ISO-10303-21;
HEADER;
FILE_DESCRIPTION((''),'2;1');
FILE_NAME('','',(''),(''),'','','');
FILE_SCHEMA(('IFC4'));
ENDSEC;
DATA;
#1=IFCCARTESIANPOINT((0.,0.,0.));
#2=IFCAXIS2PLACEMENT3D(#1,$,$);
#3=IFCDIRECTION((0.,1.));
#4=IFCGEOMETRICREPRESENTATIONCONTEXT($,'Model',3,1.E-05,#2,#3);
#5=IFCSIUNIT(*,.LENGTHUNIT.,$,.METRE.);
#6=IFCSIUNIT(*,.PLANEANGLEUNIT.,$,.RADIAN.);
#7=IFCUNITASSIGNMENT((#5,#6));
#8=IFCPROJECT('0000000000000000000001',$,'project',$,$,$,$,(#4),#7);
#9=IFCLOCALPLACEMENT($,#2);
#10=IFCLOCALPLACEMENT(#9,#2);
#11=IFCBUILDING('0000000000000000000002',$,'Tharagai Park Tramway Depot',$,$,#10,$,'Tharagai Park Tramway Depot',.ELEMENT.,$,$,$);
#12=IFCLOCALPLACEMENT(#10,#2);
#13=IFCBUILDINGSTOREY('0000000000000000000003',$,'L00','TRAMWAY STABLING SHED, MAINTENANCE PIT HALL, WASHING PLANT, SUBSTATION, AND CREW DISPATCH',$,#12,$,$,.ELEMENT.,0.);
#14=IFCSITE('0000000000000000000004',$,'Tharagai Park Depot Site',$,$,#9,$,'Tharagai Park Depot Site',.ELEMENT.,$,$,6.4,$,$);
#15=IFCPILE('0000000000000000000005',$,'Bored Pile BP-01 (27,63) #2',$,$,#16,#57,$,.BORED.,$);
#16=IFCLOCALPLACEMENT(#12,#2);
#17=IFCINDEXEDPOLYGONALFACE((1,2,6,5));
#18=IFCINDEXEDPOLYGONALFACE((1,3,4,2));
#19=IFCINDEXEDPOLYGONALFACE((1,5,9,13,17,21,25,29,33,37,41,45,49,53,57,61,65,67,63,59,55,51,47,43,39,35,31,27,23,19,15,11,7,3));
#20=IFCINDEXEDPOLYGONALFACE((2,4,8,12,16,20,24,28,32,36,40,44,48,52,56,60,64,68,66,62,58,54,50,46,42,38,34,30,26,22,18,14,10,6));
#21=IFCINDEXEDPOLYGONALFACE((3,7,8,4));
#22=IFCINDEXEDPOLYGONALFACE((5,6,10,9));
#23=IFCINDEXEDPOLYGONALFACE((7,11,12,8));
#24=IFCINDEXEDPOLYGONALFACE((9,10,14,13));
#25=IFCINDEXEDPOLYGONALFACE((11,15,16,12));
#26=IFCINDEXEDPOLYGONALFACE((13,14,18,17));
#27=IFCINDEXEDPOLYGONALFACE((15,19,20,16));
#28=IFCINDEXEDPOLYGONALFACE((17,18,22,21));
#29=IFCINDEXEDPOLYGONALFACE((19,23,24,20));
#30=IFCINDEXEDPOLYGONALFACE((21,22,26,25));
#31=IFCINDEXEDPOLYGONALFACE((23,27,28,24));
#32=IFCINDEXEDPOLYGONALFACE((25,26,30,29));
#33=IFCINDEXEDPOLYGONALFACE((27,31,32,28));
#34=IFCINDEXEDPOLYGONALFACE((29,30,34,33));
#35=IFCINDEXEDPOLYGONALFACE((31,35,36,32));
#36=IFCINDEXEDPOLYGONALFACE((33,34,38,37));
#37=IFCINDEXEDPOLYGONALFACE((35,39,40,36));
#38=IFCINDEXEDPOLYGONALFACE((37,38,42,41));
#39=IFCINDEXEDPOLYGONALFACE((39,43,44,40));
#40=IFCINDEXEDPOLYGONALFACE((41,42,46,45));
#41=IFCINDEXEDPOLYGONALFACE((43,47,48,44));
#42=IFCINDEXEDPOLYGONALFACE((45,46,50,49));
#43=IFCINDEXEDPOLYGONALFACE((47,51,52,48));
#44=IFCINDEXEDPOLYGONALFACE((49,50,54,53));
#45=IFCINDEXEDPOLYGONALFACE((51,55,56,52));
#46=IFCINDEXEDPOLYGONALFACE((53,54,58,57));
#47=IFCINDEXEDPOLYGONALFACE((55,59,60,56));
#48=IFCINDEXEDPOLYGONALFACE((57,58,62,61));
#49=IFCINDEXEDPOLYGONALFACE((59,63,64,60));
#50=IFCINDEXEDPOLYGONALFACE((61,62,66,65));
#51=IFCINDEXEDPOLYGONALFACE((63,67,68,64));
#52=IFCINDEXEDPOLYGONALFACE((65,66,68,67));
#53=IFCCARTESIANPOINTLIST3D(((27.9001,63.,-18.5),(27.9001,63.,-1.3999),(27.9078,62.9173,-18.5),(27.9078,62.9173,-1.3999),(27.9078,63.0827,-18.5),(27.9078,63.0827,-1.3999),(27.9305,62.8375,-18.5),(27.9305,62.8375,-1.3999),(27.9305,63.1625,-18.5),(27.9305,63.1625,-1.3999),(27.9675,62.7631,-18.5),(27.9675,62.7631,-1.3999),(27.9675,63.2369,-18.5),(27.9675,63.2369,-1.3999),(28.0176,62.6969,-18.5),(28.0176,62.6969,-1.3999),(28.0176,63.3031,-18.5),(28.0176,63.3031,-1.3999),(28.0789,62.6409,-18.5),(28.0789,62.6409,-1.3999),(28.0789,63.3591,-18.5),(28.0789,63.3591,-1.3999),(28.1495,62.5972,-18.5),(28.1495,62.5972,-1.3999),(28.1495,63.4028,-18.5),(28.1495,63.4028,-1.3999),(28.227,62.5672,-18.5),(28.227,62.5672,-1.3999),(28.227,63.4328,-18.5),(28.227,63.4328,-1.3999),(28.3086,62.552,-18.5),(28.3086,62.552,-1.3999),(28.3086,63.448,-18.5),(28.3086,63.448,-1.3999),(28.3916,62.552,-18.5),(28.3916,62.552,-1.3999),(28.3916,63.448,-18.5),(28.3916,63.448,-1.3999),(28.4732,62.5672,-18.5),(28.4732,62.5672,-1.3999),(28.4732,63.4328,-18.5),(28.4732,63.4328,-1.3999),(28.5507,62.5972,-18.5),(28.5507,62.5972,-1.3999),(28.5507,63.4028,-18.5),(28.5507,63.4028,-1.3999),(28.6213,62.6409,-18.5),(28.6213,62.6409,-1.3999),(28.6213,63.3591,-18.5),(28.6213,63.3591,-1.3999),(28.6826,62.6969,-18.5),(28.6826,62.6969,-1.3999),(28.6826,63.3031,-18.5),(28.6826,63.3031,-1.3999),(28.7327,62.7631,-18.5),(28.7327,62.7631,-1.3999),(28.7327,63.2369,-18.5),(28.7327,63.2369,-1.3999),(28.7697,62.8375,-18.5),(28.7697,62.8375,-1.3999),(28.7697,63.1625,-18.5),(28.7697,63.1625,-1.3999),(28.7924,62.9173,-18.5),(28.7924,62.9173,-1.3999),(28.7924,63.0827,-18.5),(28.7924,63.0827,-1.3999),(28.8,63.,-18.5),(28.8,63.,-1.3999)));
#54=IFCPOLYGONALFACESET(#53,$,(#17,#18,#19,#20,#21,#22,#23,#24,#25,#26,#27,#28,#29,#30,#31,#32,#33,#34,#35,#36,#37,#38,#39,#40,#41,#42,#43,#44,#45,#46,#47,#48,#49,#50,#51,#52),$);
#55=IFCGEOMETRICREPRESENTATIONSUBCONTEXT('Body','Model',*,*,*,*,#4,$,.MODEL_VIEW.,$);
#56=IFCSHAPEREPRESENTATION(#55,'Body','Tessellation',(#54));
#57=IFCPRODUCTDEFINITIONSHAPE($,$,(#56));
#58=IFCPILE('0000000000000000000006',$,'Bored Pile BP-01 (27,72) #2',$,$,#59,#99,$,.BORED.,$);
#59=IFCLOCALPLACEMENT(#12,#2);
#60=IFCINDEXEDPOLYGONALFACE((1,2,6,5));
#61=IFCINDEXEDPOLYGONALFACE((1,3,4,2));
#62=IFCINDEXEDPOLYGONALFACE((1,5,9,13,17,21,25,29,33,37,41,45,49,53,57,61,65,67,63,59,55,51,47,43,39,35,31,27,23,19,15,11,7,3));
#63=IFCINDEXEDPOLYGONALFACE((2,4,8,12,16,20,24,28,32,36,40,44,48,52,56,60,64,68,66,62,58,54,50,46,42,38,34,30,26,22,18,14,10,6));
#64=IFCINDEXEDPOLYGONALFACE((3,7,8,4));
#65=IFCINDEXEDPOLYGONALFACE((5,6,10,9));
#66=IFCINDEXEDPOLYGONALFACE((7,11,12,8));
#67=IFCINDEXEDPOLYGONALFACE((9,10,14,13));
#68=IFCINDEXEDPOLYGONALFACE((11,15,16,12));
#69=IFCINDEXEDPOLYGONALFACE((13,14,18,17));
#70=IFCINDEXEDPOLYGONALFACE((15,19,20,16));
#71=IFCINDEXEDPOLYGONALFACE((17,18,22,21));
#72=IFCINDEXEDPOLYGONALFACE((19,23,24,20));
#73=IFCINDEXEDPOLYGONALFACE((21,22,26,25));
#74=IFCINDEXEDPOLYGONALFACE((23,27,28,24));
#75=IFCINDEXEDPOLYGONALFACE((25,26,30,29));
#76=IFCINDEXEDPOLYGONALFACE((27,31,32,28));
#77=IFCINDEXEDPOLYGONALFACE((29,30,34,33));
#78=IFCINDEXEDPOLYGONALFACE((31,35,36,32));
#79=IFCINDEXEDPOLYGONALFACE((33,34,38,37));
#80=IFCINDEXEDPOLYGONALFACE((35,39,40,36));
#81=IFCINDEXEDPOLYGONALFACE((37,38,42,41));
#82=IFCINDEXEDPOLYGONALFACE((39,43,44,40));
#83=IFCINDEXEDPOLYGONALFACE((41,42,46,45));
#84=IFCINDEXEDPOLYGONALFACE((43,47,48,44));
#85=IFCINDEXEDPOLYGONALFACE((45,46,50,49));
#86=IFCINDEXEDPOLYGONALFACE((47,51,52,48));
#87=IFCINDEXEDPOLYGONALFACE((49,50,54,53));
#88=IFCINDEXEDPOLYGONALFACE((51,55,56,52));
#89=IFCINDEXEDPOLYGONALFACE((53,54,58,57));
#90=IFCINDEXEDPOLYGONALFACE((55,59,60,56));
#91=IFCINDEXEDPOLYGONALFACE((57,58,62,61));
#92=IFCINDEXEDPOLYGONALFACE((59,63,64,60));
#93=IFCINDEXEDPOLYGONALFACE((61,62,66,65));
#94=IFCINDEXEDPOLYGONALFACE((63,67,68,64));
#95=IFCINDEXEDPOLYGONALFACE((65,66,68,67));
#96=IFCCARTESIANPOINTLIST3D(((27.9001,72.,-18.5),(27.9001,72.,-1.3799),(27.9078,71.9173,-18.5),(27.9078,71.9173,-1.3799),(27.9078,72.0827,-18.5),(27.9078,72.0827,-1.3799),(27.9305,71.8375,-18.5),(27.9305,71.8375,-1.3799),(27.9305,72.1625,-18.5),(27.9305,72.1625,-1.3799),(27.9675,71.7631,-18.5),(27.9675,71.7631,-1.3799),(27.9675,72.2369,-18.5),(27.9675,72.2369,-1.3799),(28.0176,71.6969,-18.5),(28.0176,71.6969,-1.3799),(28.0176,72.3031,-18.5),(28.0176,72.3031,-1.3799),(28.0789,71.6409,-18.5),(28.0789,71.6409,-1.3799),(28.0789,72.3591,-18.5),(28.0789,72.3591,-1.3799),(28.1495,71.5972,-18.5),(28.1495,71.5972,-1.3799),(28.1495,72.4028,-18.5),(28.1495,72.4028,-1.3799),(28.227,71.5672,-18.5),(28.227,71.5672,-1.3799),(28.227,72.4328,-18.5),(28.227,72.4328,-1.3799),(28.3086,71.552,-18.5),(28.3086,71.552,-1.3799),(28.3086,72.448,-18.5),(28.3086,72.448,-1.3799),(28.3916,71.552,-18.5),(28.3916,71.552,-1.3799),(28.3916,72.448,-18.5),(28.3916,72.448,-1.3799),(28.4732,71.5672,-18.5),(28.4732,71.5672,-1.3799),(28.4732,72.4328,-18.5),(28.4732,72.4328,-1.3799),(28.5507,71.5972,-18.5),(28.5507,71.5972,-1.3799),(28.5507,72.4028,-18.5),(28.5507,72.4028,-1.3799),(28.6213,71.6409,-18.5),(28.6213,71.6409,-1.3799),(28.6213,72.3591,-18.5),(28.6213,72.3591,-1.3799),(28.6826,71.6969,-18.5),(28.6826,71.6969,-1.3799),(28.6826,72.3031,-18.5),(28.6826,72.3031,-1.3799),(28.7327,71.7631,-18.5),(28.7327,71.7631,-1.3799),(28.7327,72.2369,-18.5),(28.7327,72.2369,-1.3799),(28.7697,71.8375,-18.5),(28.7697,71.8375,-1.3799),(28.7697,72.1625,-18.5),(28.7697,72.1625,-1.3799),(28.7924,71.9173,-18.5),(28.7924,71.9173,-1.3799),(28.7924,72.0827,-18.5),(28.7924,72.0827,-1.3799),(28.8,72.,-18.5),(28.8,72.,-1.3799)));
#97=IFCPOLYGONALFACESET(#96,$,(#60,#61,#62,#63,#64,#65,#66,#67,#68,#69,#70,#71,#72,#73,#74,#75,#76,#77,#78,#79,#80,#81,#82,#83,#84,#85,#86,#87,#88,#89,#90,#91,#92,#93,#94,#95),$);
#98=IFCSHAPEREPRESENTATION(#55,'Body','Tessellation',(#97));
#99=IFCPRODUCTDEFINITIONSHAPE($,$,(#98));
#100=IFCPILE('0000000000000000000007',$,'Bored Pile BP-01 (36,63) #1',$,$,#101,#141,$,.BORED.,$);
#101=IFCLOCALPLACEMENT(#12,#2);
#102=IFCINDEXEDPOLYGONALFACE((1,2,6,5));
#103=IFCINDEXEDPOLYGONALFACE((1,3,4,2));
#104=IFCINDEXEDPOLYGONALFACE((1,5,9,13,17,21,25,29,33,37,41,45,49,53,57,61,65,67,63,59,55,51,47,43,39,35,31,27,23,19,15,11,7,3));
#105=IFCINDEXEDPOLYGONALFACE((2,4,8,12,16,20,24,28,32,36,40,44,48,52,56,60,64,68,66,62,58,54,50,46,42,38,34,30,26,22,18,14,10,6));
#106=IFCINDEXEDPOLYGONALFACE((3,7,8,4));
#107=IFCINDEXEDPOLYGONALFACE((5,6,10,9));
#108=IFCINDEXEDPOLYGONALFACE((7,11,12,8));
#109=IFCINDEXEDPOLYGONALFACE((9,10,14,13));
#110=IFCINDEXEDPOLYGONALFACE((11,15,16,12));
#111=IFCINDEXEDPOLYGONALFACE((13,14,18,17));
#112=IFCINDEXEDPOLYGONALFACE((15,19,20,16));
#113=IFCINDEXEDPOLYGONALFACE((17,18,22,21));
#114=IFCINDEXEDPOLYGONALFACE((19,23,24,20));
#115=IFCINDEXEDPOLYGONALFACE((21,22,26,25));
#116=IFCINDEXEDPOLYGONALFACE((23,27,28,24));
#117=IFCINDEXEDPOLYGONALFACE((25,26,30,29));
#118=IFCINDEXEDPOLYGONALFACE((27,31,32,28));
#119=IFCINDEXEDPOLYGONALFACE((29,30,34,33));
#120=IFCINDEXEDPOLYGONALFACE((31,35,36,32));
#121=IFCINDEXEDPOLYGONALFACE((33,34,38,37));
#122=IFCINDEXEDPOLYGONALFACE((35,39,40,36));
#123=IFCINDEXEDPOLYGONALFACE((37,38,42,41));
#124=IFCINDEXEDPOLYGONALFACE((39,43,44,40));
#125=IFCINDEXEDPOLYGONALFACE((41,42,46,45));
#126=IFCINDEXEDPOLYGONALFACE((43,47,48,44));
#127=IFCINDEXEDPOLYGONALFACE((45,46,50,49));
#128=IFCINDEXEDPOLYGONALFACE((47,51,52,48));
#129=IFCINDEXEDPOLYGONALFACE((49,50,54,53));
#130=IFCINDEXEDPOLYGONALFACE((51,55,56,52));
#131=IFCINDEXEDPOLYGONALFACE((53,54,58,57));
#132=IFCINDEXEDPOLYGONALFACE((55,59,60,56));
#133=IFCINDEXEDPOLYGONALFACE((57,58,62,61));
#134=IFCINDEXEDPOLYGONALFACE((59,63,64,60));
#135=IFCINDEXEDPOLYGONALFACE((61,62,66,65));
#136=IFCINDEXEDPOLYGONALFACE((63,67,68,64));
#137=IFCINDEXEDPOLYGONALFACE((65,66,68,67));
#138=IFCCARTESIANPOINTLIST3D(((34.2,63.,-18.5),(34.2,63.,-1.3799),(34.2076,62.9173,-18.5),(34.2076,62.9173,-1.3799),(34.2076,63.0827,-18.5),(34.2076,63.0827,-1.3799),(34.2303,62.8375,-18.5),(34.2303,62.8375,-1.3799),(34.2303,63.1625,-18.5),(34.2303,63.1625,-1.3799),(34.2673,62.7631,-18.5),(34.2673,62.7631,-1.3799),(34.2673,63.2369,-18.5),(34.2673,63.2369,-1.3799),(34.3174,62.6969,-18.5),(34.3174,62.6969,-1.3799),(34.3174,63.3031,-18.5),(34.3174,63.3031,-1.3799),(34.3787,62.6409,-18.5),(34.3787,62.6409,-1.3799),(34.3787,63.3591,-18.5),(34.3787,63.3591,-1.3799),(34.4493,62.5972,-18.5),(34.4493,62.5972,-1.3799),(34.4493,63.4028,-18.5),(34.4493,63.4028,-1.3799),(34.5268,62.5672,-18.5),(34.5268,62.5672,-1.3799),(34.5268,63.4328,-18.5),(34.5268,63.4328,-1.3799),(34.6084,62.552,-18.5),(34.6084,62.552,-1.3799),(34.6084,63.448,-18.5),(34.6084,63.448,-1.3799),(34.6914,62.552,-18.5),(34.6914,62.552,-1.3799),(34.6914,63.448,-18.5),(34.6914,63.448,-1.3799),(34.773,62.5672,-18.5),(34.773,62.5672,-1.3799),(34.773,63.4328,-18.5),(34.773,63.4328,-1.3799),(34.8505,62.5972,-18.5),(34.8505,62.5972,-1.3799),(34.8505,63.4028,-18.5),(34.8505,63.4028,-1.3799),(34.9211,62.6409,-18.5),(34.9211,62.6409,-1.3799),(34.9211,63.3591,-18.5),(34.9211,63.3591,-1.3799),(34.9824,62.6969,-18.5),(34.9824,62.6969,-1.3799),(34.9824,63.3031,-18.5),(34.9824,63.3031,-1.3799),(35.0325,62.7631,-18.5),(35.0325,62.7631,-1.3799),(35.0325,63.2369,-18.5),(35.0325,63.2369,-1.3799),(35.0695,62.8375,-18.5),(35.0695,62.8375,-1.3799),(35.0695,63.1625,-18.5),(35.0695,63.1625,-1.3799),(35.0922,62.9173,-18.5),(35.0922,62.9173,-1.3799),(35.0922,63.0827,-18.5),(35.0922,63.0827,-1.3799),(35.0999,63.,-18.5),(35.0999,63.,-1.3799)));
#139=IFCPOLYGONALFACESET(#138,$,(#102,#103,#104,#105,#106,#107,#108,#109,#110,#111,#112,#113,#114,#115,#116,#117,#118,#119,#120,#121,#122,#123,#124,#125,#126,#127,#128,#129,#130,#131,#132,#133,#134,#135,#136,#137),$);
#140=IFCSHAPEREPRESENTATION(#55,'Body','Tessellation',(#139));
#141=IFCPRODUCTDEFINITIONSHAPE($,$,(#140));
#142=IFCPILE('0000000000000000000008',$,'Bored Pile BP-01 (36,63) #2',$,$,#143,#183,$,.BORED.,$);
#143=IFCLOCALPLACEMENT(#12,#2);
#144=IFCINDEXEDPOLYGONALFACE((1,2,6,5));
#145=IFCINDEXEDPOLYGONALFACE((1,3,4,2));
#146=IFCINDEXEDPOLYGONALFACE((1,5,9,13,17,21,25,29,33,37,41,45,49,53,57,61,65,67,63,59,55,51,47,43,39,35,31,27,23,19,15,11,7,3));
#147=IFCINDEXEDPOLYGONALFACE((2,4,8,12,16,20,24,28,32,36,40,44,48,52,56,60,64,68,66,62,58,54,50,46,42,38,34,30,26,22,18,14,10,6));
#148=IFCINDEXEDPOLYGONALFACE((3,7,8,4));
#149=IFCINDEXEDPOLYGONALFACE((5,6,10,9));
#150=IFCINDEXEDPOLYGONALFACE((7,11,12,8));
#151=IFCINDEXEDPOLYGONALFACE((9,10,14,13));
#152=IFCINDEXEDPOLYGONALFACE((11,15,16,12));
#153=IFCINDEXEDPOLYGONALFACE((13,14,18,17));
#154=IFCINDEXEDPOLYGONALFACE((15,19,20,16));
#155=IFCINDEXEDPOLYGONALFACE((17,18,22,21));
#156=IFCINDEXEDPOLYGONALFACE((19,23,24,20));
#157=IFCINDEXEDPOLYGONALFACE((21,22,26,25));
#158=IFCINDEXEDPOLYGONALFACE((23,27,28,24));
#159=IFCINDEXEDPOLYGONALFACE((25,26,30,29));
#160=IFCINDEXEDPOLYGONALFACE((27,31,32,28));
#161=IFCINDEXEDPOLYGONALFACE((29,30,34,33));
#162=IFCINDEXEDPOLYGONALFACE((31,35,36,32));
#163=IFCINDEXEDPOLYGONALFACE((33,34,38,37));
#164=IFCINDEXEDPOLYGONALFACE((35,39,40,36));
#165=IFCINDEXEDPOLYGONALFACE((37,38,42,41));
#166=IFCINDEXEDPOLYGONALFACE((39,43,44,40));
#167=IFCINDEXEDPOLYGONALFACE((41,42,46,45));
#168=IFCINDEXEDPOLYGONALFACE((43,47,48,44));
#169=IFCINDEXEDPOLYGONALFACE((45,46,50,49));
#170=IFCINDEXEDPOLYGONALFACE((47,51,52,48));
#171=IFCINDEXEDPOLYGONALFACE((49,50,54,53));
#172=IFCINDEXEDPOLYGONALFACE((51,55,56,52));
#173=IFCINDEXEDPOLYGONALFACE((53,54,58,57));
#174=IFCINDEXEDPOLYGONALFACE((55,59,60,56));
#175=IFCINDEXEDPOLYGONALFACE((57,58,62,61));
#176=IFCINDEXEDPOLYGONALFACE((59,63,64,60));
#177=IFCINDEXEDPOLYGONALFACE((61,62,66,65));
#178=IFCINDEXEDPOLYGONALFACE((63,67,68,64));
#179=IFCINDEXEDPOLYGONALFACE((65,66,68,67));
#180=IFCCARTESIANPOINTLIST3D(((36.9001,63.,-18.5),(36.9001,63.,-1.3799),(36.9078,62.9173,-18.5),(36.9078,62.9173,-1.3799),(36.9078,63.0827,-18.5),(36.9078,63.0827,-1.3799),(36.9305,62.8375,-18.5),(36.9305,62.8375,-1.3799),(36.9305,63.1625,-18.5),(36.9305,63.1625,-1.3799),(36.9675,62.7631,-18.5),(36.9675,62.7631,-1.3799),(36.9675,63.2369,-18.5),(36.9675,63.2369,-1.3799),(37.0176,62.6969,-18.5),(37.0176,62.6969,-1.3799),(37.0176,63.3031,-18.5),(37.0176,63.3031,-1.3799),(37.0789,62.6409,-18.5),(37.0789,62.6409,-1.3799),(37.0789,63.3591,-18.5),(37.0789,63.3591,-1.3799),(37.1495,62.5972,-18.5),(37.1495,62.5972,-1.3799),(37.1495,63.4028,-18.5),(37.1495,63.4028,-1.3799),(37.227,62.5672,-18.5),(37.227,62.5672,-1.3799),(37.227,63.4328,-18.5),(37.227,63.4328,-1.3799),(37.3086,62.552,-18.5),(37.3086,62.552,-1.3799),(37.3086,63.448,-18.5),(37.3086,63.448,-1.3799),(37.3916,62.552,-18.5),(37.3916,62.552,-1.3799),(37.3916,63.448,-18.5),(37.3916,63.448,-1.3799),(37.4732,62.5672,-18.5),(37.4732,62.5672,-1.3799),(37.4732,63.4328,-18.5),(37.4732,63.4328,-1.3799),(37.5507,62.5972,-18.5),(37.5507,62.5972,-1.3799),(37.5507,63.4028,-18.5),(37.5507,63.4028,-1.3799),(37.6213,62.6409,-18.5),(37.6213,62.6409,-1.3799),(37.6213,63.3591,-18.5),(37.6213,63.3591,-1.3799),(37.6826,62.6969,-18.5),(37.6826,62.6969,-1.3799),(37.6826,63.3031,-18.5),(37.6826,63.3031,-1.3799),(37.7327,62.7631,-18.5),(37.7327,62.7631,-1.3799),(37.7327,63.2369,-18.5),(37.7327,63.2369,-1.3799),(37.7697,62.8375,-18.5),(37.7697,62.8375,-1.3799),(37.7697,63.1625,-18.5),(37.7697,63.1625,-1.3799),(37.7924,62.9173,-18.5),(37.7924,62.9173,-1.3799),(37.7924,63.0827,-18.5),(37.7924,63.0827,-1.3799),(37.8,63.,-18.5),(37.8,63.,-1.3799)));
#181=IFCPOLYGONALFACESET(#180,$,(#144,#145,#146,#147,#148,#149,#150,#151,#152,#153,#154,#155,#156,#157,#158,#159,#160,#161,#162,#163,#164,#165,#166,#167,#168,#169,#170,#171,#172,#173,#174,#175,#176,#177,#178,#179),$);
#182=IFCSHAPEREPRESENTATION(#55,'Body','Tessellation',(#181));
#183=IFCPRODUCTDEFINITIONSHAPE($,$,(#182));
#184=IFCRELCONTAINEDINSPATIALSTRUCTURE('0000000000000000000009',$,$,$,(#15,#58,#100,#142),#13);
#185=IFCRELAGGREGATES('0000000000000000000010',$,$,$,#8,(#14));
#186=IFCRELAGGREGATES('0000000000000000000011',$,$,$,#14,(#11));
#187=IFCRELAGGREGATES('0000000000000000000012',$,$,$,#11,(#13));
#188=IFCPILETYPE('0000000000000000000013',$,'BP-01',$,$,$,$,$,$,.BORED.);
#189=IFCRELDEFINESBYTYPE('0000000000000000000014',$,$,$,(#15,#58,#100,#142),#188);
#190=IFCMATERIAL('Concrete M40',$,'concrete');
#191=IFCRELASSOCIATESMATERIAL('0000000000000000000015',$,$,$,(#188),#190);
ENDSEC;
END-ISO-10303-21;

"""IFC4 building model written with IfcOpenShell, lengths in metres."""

from ifc_helpers import new_model, si_unit, direction, frame, origin, origin_2d, place, context, subcontext, project, spatial, circle, extrude, material, material_profile, profile_set, type_object, element, save


model = new_model("IFC4")

# Units and contexts
model_context = context("Model", 3, precision=1e-05, world=origin(), true_north=direction((0.0, 1.0)))
body_context = subcontext(model_context, "Body", "Model", "MODEL_VIEW")
ifc_project = project(units=[si_unit("LENGTHUNIT", "METRE"), si_unit("PLANEANGLEUNIT", "RADIAN")], contexts=[model_context])

# Site, building, storey
site_placement = place(None, origin())
site = spatial("IfcSite", under=ifc_project, at=site_placement, Name="Tharagai Park Depot Site", LongName="Tharagai Park Depot Site", CompositionType="ELEMENT", RefElevation=6.4)
building_placement = place(site_placement, origin())
building = spatial("IfcBuilding", under=site, at=building_placement, Name="Tharagai Park Tramway Depot", LongName="Tharagai Park Tramway Depot", CompositionType="ELEMENT")
storey_placement = place(building_placement, origin())
storey = spatial("IfcBuildingStorey", under=building, at=storey_placement, Name="L00", Description="TRAMWAY STABLING SHED, MAINTENANCE PIT HALL, WASHING PLANT, SUBSTATION, AND CREW DISPATCH", CompositionType="ELEMENT", Elevation=0.0)

# Piles
ifc_material = material(Name="Concrete M40", Category="concrete")
ifc_material_profile_1 = material_profile(ifc_material, circle(Radius=0.45, at=origin_2d()), Name="PILE D900")
ifc_profile_set_1 = profile_set([ifc_material_profile_1], Name="Concrete M40")
pile_type_1 = type_object("IfcPileType", Name="BP-01", PredefinedType="BORED", material=ifc_profile_set_1)
pile_placement = place(storey_placement, frame((28.3501, 63.0, -1.3999), z_axis=(0.0, 0.0, -1.0), x_axis=(1.0, 0.0, 0.0)))
element("IfcPile", 1, at=pile_placement, inside=storey, type_object=pile_type_1, Name="Bored Pile BP-01 (27,63) #2", PredefinedType="BORED", context=body_context, shape_type="SweptSolid", body=[
    extrude(circle(Radius=0.45, at=origin_2d()), origin(), (0.0, 0.0, 1.0), 17.1001),
])
for number, where, z_axis, x_axis, name in (
    (2, (28.3501, 72.0, -1.3799), (0.0, 0.0, -1.0), (1.0, 0.0, 0.0), "Bored Pile BP-01 (27,72) #2"),
    (3, (34.6499, 63.0, -1.3799), (0.0, 0.0, -1.0), (1.0, 0.0, 0.0), "Bored Pile BP-01 (36,63) #1"),
    (4, (37.3501, 63.0, -1.3799), (0.0, 0.0, -1.0), (1.0, 0.0, 0.0), "Bored Pile BP-01 (36,63) #2"),
):
    element("IfcPile", number, at=place(storey_placement, frame(where, z_axis=z_axis, x_axis=x_axis)), inside=storey, type_object=pile_type_1, Name=name, PredefinedType="BORED", context=body_context, shape_type="SweptSolid", body=[
        extrude(circle(Radius=0.45, at=origin_2d()), origin(), (0.0, 0.0, 1.0), 17.1201),
    ])

save(model, "model.ifc")
